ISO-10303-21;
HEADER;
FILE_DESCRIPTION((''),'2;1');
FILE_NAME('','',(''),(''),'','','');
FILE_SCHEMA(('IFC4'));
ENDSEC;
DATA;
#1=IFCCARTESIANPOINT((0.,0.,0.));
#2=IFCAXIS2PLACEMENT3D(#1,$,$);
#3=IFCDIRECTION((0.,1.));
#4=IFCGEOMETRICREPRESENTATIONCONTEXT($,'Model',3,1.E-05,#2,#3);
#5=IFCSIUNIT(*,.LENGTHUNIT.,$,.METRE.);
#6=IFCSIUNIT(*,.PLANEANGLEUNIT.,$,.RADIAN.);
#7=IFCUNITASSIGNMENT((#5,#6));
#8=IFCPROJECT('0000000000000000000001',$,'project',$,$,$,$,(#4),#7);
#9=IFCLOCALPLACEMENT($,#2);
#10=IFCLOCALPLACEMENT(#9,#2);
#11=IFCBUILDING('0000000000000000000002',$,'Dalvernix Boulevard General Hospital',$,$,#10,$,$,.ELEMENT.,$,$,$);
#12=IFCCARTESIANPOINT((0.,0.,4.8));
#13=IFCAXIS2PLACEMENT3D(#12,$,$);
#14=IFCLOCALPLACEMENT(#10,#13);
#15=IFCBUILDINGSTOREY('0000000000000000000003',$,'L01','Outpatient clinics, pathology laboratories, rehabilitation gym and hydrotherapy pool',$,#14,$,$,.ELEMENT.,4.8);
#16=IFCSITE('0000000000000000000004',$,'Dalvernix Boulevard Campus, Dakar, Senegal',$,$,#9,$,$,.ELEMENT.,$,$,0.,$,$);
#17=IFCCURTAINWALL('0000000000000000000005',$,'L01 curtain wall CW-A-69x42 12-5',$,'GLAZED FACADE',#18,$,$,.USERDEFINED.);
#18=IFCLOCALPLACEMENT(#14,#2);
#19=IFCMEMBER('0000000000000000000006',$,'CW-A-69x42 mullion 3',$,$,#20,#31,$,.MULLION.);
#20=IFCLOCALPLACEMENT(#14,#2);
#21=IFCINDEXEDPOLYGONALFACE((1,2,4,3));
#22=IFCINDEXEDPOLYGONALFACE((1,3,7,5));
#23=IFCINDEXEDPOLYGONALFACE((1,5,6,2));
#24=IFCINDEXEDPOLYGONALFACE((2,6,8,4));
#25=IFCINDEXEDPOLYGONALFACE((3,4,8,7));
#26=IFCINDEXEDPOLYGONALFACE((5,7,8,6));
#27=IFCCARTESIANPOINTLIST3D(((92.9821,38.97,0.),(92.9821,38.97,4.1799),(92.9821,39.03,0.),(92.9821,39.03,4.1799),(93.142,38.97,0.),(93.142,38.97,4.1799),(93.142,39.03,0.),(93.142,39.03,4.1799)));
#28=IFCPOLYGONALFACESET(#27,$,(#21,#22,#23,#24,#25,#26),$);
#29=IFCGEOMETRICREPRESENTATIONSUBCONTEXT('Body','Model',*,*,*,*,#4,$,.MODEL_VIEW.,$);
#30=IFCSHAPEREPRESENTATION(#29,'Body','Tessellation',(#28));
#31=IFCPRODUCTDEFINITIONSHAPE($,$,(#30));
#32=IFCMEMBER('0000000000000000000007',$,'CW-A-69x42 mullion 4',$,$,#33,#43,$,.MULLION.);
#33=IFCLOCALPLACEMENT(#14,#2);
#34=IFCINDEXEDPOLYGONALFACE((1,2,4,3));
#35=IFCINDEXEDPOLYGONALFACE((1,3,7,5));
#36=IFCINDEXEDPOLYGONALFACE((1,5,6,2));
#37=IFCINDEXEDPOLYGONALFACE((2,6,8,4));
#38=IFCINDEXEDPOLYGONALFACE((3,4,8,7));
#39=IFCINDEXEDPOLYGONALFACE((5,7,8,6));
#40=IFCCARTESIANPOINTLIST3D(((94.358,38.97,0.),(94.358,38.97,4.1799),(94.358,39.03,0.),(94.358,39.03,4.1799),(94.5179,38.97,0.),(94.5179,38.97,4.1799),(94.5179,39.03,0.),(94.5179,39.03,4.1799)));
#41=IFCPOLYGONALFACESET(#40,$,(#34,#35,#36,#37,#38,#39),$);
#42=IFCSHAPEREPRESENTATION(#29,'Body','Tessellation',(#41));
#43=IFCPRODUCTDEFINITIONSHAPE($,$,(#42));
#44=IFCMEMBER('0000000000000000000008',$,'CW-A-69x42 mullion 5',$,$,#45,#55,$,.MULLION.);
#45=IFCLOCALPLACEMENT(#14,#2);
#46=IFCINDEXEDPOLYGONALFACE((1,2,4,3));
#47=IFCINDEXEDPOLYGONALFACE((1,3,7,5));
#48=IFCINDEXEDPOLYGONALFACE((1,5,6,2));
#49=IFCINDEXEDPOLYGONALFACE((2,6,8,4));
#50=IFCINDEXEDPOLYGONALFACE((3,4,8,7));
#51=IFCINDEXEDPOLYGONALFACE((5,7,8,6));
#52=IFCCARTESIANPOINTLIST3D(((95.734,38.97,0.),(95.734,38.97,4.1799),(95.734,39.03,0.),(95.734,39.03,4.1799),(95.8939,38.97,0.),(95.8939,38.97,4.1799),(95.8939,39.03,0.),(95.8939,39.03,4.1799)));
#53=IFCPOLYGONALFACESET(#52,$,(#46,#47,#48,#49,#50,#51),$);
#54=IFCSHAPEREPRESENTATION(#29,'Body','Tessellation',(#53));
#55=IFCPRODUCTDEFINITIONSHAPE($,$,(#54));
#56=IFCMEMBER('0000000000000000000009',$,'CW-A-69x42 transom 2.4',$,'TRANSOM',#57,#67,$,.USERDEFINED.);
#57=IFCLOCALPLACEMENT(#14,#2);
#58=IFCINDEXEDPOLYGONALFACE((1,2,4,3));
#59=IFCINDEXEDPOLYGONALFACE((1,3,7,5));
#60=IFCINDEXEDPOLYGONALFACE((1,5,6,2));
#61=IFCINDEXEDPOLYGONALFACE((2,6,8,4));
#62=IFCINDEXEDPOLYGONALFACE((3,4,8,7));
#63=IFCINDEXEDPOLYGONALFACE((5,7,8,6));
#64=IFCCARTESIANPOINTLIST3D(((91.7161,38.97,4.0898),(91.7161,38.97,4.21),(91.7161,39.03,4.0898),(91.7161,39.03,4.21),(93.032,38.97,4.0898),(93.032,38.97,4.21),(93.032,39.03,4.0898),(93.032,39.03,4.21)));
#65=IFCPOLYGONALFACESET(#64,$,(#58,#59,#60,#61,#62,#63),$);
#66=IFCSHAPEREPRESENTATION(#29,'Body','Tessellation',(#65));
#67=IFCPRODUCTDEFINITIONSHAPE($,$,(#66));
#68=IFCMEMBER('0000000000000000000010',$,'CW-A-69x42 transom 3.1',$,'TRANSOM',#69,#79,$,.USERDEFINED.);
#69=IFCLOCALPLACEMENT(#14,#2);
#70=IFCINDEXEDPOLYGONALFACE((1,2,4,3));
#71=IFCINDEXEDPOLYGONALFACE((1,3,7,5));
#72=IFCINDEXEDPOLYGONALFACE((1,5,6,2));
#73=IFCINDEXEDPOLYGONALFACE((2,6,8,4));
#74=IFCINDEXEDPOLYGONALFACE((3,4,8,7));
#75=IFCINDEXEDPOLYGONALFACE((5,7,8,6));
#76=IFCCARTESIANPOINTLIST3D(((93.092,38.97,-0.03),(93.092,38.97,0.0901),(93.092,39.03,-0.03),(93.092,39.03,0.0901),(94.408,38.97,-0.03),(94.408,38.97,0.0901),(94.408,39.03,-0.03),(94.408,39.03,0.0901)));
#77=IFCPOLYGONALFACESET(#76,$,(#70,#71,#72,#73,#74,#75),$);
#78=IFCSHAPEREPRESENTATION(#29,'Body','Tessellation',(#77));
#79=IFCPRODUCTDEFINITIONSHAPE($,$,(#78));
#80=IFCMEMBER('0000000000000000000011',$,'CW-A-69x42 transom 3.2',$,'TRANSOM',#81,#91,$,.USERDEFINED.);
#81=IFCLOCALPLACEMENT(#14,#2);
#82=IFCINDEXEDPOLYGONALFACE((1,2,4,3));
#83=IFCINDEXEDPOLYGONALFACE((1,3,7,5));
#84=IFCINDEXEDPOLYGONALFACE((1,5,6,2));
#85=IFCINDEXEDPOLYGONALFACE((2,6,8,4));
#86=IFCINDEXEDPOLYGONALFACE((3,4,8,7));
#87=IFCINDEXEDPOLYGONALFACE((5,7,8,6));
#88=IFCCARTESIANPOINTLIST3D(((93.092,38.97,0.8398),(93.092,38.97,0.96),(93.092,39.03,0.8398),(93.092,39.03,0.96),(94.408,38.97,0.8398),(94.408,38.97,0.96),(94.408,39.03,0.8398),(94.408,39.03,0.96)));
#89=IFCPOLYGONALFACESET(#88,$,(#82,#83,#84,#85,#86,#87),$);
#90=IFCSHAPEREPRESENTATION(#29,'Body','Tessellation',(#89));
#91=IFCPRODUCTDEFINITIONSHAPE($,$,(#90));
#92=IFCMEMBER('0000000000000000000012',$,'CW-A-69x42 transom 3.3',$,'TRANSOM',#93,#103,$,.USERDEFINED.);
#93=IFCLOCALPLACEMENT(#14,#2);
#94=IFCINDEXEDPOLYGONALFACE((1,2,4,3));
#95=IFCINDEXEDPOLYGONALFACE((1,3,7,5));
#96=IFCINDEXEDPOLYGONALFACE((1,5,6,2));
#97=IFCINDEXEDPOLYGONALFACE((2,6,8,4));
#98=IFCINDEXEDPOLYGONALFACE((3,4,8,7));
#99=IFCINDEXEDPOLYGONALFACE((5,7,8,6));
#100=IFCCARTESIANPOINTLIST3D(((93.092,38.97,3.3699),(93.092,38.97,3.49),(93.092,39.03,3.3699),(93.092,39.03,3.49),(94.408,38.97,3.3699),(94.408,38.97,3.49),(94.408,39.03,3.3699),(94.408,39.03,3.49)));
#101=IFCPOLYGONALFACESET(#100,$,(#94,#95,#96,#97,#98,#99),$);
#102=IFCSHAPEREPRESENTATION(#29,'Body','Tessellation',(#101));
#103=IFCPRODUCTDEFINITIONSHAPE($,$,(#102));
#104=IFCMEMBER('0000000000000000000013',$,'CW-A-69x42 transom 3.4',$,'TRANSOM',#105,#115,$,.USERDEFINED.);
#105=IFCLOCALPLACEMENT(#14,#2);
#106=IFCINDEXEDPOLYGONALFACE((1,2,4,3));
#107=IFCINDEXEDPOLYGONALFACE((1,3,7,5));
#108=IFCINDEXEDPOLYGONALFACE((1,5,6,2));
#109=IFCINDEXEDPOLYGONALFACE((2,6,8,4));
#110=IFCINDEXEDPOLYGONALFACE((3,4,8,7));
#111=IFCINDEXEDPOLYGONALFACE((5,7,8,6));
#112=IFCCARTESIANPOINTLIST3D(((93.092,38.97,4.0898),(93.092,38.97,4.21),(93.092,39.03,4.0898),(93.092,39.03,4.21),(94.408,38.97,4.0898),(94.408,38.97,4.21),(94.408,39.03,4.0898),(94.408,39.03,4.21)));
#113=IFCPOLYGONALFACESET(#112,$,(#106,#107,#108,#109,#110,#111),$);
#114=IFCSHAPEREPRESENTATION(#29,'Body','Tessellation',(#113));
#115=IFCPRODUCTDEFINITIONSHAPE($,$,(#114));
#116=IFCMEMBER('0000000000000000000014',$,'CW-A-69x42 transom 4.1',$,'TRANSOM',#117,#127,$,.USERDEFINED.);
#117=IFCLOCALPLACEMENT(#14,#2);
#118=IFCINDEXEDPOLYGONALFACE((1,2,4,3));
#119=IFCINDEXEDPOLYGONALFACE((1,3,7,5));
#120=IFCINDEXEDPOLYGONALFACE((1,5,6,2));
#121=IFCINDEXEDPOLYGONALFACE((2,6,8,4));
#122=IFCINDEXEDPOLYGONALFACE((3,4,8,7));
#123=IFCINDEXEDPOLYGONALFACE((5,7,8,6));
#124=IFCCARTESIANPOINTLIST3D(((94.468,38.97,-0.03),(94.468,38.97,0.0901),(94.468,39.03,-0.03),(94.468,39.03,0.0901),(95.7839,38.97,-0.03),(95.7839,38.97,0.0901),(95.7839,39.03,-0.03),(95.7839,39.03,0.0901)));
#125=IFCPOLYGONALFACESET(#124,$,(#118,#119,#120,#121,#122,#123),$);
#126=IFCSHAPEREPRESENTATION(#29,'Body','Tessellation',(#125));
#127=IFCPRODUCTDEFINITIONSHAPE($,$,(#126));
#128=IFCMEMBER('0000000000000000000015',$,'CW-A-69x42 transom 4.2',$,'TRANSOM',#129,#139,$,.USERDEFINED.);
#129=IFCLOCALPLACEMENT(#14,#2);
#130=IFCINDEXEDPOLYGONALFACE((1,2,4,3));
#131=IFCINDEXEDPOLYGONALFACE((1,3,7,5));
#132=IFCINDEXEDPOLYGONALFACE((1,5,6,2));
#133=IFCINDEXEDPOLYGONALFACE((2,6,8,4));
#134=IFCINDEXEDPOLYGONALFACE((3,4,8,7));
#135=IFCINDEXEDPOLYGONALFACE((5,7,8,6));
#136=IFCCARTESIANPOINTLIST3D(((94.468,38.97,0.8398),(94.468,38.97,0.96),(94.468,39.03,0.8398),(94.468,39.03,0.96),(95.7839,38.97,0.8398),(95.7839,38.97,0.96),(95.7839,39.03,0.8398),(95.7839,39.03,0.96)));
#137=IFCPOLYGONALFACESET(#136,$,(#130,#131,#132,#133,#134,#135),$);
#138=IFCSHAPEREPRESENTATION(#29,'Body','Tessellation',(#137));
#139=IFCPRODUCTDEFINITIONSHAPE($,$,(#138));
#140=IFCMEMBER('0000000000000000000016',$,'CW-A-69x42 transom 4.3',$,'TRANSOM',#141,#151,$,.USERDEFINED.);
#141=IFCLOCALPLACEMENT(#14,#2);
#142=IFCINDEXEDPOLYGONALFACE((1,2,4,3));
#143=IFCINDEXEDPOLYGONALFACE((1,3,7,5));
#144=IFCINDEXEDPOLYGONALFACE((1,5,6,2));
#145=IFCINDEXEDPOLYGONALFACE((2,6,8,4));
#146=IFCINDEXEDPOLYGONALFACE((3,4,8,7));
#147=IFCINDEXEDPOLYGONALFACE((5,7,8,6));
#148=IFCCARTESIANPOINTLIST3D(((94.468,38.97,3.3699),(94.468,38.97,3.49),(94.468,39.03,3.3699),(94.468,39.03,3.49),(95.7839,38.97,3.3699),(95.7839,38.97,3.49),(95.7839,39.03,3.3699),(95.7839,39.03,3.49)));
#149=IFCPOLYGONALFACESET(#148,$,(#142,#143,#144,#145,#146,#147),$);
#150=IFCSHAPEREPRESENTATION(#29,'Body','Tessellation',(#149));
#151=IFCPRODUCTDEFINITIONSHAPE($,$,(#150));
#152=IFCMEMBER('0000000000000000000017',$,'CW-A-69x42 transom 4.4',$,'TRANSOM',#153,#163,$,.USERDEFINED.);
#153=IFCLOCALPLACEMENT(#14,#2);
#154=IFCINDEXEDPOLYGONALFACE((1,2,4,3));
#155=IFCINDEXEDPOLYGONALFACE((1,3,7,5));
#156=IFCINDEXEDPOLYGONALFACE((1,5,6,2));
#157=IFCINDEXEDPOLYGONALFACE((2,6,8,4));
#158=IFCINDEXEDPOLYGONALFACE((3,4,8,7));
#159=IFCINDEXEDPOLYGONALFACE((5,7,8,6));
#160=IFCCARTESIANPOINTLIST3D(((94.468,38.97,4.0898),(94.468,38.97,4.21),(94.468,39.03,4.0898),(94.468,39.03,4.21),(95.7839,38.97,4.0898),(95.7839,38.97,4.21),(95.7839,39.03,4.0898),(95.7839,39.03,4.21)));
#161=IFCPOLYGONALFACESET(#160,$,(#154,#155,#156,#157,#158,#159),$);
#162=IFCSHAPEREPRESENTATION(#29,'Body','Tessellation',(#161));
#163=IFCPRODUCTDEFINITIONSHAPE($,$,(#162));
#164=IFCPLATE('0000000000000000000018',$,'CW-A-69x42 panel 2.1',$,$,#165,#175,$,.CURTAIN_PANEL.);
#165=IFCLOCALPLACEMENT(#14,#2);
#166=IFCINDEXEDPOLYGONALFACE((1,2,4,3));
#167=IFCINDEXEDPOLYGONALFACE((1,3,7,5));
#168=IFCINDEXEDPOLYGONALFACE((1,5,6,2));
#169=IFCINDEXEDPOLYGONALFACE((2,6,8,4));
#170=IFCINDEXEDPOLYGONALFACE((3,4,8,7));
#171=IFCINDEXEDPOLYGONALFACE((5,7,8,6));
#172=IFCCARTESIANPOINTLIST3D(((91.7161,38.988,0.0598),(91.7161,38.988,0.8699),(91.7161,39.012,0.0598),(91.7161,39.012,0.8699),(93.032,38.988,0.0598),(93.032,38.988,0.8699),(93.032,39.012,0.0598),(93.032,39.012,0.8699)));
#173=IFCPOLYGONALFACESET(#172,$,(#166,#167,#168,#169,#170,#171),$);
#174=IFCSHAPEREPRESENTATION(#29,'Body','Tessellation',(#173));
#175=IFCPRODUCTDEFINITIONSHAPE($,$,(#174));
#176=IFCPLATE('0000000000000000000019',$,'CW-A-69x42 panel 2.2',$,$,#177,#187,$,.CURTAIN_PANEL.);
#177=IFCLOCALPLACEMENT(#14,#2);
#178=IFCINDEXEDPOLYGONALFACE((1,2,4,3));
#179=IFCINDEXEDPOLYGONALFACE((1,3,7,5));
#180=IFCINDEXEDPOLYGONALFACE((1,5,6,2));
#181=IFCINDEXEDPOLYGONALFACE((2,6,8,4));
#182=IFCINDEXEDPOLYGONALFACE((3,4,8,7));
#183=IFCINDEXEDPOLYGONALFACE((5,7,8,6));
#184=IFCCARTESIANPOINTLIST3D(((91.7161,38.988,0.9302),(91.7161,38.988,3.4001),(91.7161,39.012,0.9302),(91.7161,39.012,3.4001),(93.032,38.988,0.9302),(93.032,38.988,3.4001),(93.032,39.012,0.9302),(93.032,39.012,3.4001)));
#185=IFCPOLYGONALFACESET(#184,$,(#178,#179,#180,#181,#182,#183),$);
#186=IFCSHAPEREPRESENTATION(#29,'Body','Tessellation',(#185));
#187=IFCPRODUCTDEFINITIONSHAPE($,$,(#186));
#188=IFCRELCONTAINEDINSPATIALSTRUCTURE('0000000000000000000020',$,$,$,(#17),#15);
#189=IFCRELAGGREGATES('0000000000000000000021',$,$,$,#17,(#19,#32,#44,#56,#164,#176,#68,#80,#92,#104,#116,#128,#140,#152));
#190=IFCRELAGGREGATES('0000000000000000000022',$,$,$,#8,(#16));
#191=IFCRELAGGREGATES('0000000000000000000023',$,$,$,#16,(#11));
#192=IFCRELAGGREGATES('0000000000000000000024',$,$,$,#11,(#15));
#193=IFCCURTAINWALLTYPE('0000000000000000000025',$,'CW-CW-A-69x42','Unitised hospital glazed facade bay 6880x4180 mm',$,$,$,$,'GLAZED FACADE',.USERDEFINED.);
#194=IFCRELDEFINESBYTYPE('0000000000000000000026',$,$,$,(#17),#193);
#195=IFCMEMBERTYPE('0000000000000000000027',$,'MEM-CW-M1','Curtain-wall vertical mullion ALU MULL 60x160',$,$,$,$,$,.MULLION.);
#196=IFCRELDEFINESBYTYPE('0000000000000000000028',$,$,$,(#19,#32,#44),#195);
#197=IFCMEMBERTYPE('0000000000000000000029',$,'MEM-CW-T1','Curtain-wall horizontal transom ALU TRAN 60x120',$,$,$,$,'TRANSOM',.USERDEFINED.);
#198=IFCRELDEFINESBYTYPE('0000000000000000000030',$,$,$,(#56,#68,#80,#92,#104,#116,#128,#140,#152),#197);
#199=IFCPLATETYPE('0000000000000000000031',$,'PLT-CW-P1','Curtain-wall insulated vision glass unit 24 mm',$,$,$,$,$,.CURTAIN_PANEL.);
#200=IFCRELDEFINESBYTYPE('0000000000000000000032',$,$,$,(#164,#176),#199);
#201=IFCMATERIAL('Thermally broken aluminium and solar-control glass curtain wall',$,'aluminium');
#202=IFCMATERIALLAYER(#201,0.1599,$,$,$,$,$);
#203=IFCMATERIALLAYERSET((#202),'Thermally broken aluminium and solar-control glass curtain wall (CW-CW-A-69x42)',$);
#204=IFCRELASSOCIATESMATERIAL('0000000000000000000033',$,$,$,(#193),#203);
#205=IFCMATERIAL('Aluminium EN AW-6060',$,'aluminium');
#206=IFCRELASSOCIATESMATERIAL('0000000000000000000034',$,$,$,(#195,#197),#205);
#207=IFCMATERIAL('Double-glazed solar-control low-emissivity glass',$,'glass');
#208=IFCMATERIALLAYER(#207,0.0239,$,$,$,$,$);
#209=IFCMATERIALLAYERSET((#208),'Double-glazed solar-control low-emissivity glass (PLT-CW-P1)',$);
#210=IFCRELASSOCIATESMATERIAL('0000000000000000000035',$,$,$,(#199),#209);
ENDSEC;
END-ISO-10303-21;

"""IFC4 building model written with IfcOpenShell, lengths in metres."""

from ifc_helpers import new_model, si_unit, direction, frame, origin, origin_2d, place, context, subcontext, project, spatial, rectangle, extrude, material, layer, layer_set, material_profile, profile_set, type_object, element, aggregate, save


model = new_model("IFC4")

# Units and contexts
model_context = context("Model", 3, precision=1e-05, world=origin(), true_north=direction((0.0, 1.0)))
body_context = subcontext(model_context, "Body", "Model", "MODEL_VIEW")
ifc_project = project(units=[si_unit("LENGTHUNIT", "METRE"), si_unit("PLANEANGLEUNIT", "RADIAN")], contexts=[model_context])

# Site, building, storey
site_placement = place(None, origin())
site = spatial("IfcSite", under=ifc_project, at=site_placement, Name="Dalvernix Boulevard Campus, Dakar, Senegal", CompositionType="ELEMENT", RefElevation=0.0)
building_placement = place(site_placement, origin())
building = spatial("IfcBuilding", under=site, at=building_placement, Name="Dalvernix Boulevard General Hospital", CompositionType="ELEMENT")
storey_placement = place(building_placement, frame((0.0, 0.0, 4.8)))
storey = spatial("IfcBuildingStorey", under=building, at=storey_placement, Name="L01", Description="Outpatient clinics, pathology laboratories, rehabilitation gym and hydrotherapy pool", CompositionType="ELEMENT", Elevation=4.8)

# Curtain wall, members, plates
ifc_material_1 = material(Name="Thermally broken aluminium and solar-control glass curtain wall", Category="aluminium")
ifc_layer_1 = layer(ifc_material_1, 0.1599)
ifc_layer_set_1 = layer_set([ifc_layer_1], Name="Thermally broken aluminium and solar-control glass curtain wall (CW-CW-A-69x42)")
curtain_wall_type = type_object("IfcCurtainWallType", Name="CW-CW-A-69x42", Description="Unitised hospital glazed facade bay 6880x4180 mm", ElementType="GLAZED FACADE", PredefinedType="USERDEFINED", material=ifc_layer_set_1)
curtain_wall_placement = place(storey_placement, origin())
curtain_wall = element("IfcCurtainWall", 1, at=curtain_wall_placement, inside=storey, type_object=curtain_wall_type, Name="L01 curtain wall CW-A-69x42 12-5", ObjectType="GLAZED FACADE", PredefinedType="USERDEFINED")
ifc_material_2 = material(Name="Aluminium EN AW-6060", Category="aluminium")
ifc_material_profile_1 = material_profile(ifc_material_2, rectangle(XDim=0.0601, YDim=0.1599, at=origin_2d()), Name="ALU MULL 60x160")
ifc_profile_set_1 = profile_set([ifc_material_profile_1], Name="Aluminium EN AW-6060")
member_type_1 = type_object("IfcMemberType", Name="MEM-CW-M1", Description="Curtain-wall vertical mullion ALU MULL 60x160", PredefinedType="MULLION", material=ifc_profile_set_1)
member_1_placement = place(storey_placement, frame((93.062, 39.0, 0.0), z_axis=(0.0, 0.0, 1.0), x_axis=(0.0, 1.0, 0.0)))
member_1 = element("IfcMember", 2, at=member_1_placement, type_object=member_type_1, Name="CW-A-69x42 mullion 3", PredefinedType="MULLION", context=body_context, shape_type="SweptSolid", body=[
    extrude(rectangle(XDim=0.0601, YDim=0.1599, at=origin_2d()), origin(), (0.0, 0.0, 1.0), 4.1799),
])
member_2_placement = place(storey_placement, frame((94.438, 39.0, 0.0), z_axis=(0.0, 0.0, 1.0), x_axis=(0.0, 1.0, 0.0)))
member_2 = element("IfcMember", 3, at=member_2_placement, type_object=member_type_1, Name="CW-A-69x42 mullion 4", PredefinedType="MULLION", context=body_context, shape_type="SweptSolid", body=[
    extrude(rectangle(XDim=0.0601, YDim=0.1599, at=origin_2d()), origin(), (0.0, 0.0, 1.0), 4.1799),
])
member_3_placement = place(storey_placement, frame((95.814, 39.0, 0.0), z_axis=(0.0, 0.0, 1.0), x_axis=(0.0, 1.0, 0.0)))
member_3 = element("IfcMember", 4, at=member_3_placement, type_object=member_type_1, Name="CW-A-69x42 mullion 5", PredefinedType="MULLION", context=body_context, shape_type="SweptSolid", body=[
    extrude(rectangle(XDim=0.0601, YDim=0.1599, at=origin_2d()), origin(), (0.0, 0.0, 1.0), 4.1799),
])
ifc_material_profile_2 = material_profile(ifc_material_2, rectangle(XDim=0.0601, YDim=0.1201, at=origin_2d()), Name="ALU TRAN 60x120")
ifc_profile_set_2 = profile_set([ifc_material_profile_2], Name="Aluminium EN AW-6060")
member_type_2 = type_object("IfcMemberType", Name="MEM-CW-T1", Description="Curtain-wall horizontal transom ALU TRAN 60x120", ElementType="TRANSOM", PredefinedType="USERDEFINED", material=ifc_profile_set_2)
member_4_placement = place(storey_placement, frame((91.7161, 39.0, 4.1499), z_axis=(1.0, 0.0, 0.0), x_axis=(0.0, 1.0, 0.0)))
member_4 = element("IfcMember", 5, at=member_4_placement, type_object=member_type_2, Name="CW-A-69x42 transom 2.4", ObjectType="TRANSOM", PredefinedType="USERDEFINED", context=body_context, shape_type="SweptSolid", body=[
    extrude(rectangle(XDim=0.0601, YDim=0.1201, at=origin_2d()), origin(), (0.0, 0.0, 1.0), 1.3159),
])
member_5_placement = place(storey_placement, frame((93.092, 39.0, 0.03), z_axis=(1.0, 0.0, 0.0), x_axis=(0.0, 1.0, 0.0)))
member_5 = element("IfcMember", 6, at=member_5_placement, type_object=member_type_2, Name="CW-A-69x42 transom 3.1", ObjectType="TRANSOM", PredefinedType="USERDEFINED", context=body_context, shape_type="SweptSolid", body=[
    extrude(rectangle(XDim=0.0601, YDim=0.1201, at=origin_2d()), origin(), (0.0, 0.0, 1.0), 1.3159),
])
member_6_placement = place(storey_placement, frame((93.092, 39.0, 0.8999), z_axis=(1.0, 0.0, 0.0), x_axis=(0.0, 1.0, 0.0)))
member_6 = element("IfcMember", 7, at=member_6_placement, type_object=member_type_2, Name="CW-A-69x42 transom 3.2", ObjectType="TRANSOM", PredefinedType="USERDEFINED", context=body_context, shape_type="SweptSolid", body=[
    extrude(rectangle(XDim=0.0601, YDim=0.1201, at=origin_2d()), origin(), (0.0, 0.0, 1.0), 1.3159),
])
member_7_placement = place(storey_placement, frame((93.092, 39.0, 3.4299), z_axis=(1.0, 0.0, 0.0), x_axis=(0.0, 1.0, 0.0)))
member_7 = element("IfcMember", 8, at=member_7_placement, type_object=member_type_2, Name="CW-A-69x42 transom 3.3", ObjectType="TRANSOM", PredefinedType="USERDEFINED", context=body_context, shape_type="SweptSolid", body=[
    extrude(rectangle(XDim=0.0601, YDim=0.1201, at=origin_2d()), origin(), (0.0, 0.0, 1.0), 1.3159),
])
member_8_placement = place(storey_placement, frame((93.092, 39.0, 4.1499), z_axis=(1.0, 0.0, 0.0), x_axis=(0.0, 1.0, 0.0)))
member_8 = element("IfcMember", 9, at=member_8_placement, type_object=member_type_2, Name="CW-A-69x42 transom 3.4", ObjectType="TRANSOM", PredefinedType="USERDEFINED", context=body_context, shape_type="SweptSolid", body=[
    extrude(rectangle(XDim=0.0601, YDim=0.1201, at=origin_2d()), origin(), (0.0, 0.0, 1.0), 1.3159),
])
member_9_placement = place(storey_placement, frame((94.468, 39.0, 0.03), z_axis=(1.0, 0.0, 0.0), x_axis=(0.0, 1.0, 0.0)))
member_9 = element("IfcMember", 10, at=member_9_placement, type_object=member_type_2, Name="CW-A-69x42 transom 4.1", ObjectType="TRANSOM", PredefinedType="USERDEFINED", context=body_context, shape_type="SweptSolid", body=[
    extrude(rectangle(XDim=0.0601, YDim=0.1201, at=origin_2d()), origin(), (0.0, 0.0, 1.0), 1.3159),
])
member_10_placement = place(storey_placement, frame((94.468, 39.0, 0.8999), z_axis=(1.0, 0.0, 0.0), x_axis=(0.0, 1.0, 0.0)))
member_10 = element("IfcMember", 11, at=member_10_placement, type_object=member_type_2, Name="CW-A-69x42 transom 4.2", ObjectType="TRANSOM", PredefinedType="USERDEFINED", context=body_context, shape_type="SweptSolid", body=[
    extrude(rectangle(XDim=0.0601, YDim=0.1201, at=origin_2d()), origin(), (0.0, 0.0, 1.0), 1.3159),
])
member_11_placement = place(storey_placement, frame((94.468, 39.0, 3.4299), z_axis=(1.0, 0.0, 0.0), x_axis=(0.0, 1.0, 0.0)))
member_11 = element("IfcMember", 12, at=member_11_placement, type_object=member_type_2, Name="CW-A-69x42 transom 4.3", ObjectType="TRANSOM", PredefinedType="USERDEFINED", context=body_context, shape_type="SweptSolid", body=[
    extrude(rectangle(XDim=0.0601, YDim=0.1201, at=origin_2d()), origin(), (0.0, 0.0, 1.0), 1.3159),
])
member_12_placement = place(storey_placement, frame((94.468, 39.0, 4.1499), z_axis=(1.0, 0.0, 0.0), x_axis=(0.0, 1.0, 0.0)))
member_12 = element("IfcMember", 13, at=member_12_placement, type_object=member_type_2, Name="CW-A-69x42 transom 4.4", ObjectType="TRANSOM", PredefinedType="USERDEFINED", context=body_context, shape_type="SweptSolid", body=[
    extrude(rectangle(XDim=0.0601, YDim=0.1201, at=origin_2d()), origin(), (0.0, 0.0, 1.0), 1.3159),
])
ifc_material_3 = material(Name="Double-glazed solar-control low-emissivity glass", Category="glass")
ifc_layer_2 = layer(ifc_material_3, 0.0239)
ifc_layer_set_2 = layer_set([ifc_layer_2], Name="Double-glazed solar-control low-emissivity glass (PLT-CW-P1)")
plate_type = type_object("IfcPlateType", Name="PLT-CW-P1", Description="Curtain-wall insulated vision glass unit 24 mm", PredefinedType="CURTAIN_PANEL", material=ifc_layer_set_2)
plate_1_placement = place(storey_placement, frame((92.374, 39.0, 0.0598), z_axis=(0.0, 0.0, 1.0), x_axis=(1.0, 0.0, 0.0)))
plate_1 = element("IfcPlate", 14, at=plate_1_placement, type_object=plate_type, Name="CW-A-69x42 panel 2.1", PredefinedType="CURTAIN_PANEL", context=body_context, shape_type="SweptSolid", body=[
    extrude(rectangle(XDim=1.3159, YDim=0.0239, at=origin_2d()), origin(), (0.0, 0.0, 1.0), 0.8101),
])
plate_2_placement = place(storey_placement, frame((92.374, 39.0, 0.9302), z_axis=(0.0, 0.0, 1.0), x_axis=(1.0, 0.0, 0.0)))
plate_2 = element("IfcPlate", 15, at=plate_2_placement, type_object=plate_type, Name="CW-A-69x42 panel 2.2", PredefinedType="CURTAIN_PANEL", context=body_context, shape_type="SweptSolid", body=[
    extrude(rectangle(XDim=1.3159, YDim=0.0239, at=origin_2d()), origin(), (0.0, 0.0, 1.0), 2.47),
])
aggregate(curtain_wall, [member_1, member_2, member_3, member_4, plate_1, plate_2, member_5, member_6, member_7, member_8, member_9, member_10, member_11, member_12])

save(model, "model.ifc")
